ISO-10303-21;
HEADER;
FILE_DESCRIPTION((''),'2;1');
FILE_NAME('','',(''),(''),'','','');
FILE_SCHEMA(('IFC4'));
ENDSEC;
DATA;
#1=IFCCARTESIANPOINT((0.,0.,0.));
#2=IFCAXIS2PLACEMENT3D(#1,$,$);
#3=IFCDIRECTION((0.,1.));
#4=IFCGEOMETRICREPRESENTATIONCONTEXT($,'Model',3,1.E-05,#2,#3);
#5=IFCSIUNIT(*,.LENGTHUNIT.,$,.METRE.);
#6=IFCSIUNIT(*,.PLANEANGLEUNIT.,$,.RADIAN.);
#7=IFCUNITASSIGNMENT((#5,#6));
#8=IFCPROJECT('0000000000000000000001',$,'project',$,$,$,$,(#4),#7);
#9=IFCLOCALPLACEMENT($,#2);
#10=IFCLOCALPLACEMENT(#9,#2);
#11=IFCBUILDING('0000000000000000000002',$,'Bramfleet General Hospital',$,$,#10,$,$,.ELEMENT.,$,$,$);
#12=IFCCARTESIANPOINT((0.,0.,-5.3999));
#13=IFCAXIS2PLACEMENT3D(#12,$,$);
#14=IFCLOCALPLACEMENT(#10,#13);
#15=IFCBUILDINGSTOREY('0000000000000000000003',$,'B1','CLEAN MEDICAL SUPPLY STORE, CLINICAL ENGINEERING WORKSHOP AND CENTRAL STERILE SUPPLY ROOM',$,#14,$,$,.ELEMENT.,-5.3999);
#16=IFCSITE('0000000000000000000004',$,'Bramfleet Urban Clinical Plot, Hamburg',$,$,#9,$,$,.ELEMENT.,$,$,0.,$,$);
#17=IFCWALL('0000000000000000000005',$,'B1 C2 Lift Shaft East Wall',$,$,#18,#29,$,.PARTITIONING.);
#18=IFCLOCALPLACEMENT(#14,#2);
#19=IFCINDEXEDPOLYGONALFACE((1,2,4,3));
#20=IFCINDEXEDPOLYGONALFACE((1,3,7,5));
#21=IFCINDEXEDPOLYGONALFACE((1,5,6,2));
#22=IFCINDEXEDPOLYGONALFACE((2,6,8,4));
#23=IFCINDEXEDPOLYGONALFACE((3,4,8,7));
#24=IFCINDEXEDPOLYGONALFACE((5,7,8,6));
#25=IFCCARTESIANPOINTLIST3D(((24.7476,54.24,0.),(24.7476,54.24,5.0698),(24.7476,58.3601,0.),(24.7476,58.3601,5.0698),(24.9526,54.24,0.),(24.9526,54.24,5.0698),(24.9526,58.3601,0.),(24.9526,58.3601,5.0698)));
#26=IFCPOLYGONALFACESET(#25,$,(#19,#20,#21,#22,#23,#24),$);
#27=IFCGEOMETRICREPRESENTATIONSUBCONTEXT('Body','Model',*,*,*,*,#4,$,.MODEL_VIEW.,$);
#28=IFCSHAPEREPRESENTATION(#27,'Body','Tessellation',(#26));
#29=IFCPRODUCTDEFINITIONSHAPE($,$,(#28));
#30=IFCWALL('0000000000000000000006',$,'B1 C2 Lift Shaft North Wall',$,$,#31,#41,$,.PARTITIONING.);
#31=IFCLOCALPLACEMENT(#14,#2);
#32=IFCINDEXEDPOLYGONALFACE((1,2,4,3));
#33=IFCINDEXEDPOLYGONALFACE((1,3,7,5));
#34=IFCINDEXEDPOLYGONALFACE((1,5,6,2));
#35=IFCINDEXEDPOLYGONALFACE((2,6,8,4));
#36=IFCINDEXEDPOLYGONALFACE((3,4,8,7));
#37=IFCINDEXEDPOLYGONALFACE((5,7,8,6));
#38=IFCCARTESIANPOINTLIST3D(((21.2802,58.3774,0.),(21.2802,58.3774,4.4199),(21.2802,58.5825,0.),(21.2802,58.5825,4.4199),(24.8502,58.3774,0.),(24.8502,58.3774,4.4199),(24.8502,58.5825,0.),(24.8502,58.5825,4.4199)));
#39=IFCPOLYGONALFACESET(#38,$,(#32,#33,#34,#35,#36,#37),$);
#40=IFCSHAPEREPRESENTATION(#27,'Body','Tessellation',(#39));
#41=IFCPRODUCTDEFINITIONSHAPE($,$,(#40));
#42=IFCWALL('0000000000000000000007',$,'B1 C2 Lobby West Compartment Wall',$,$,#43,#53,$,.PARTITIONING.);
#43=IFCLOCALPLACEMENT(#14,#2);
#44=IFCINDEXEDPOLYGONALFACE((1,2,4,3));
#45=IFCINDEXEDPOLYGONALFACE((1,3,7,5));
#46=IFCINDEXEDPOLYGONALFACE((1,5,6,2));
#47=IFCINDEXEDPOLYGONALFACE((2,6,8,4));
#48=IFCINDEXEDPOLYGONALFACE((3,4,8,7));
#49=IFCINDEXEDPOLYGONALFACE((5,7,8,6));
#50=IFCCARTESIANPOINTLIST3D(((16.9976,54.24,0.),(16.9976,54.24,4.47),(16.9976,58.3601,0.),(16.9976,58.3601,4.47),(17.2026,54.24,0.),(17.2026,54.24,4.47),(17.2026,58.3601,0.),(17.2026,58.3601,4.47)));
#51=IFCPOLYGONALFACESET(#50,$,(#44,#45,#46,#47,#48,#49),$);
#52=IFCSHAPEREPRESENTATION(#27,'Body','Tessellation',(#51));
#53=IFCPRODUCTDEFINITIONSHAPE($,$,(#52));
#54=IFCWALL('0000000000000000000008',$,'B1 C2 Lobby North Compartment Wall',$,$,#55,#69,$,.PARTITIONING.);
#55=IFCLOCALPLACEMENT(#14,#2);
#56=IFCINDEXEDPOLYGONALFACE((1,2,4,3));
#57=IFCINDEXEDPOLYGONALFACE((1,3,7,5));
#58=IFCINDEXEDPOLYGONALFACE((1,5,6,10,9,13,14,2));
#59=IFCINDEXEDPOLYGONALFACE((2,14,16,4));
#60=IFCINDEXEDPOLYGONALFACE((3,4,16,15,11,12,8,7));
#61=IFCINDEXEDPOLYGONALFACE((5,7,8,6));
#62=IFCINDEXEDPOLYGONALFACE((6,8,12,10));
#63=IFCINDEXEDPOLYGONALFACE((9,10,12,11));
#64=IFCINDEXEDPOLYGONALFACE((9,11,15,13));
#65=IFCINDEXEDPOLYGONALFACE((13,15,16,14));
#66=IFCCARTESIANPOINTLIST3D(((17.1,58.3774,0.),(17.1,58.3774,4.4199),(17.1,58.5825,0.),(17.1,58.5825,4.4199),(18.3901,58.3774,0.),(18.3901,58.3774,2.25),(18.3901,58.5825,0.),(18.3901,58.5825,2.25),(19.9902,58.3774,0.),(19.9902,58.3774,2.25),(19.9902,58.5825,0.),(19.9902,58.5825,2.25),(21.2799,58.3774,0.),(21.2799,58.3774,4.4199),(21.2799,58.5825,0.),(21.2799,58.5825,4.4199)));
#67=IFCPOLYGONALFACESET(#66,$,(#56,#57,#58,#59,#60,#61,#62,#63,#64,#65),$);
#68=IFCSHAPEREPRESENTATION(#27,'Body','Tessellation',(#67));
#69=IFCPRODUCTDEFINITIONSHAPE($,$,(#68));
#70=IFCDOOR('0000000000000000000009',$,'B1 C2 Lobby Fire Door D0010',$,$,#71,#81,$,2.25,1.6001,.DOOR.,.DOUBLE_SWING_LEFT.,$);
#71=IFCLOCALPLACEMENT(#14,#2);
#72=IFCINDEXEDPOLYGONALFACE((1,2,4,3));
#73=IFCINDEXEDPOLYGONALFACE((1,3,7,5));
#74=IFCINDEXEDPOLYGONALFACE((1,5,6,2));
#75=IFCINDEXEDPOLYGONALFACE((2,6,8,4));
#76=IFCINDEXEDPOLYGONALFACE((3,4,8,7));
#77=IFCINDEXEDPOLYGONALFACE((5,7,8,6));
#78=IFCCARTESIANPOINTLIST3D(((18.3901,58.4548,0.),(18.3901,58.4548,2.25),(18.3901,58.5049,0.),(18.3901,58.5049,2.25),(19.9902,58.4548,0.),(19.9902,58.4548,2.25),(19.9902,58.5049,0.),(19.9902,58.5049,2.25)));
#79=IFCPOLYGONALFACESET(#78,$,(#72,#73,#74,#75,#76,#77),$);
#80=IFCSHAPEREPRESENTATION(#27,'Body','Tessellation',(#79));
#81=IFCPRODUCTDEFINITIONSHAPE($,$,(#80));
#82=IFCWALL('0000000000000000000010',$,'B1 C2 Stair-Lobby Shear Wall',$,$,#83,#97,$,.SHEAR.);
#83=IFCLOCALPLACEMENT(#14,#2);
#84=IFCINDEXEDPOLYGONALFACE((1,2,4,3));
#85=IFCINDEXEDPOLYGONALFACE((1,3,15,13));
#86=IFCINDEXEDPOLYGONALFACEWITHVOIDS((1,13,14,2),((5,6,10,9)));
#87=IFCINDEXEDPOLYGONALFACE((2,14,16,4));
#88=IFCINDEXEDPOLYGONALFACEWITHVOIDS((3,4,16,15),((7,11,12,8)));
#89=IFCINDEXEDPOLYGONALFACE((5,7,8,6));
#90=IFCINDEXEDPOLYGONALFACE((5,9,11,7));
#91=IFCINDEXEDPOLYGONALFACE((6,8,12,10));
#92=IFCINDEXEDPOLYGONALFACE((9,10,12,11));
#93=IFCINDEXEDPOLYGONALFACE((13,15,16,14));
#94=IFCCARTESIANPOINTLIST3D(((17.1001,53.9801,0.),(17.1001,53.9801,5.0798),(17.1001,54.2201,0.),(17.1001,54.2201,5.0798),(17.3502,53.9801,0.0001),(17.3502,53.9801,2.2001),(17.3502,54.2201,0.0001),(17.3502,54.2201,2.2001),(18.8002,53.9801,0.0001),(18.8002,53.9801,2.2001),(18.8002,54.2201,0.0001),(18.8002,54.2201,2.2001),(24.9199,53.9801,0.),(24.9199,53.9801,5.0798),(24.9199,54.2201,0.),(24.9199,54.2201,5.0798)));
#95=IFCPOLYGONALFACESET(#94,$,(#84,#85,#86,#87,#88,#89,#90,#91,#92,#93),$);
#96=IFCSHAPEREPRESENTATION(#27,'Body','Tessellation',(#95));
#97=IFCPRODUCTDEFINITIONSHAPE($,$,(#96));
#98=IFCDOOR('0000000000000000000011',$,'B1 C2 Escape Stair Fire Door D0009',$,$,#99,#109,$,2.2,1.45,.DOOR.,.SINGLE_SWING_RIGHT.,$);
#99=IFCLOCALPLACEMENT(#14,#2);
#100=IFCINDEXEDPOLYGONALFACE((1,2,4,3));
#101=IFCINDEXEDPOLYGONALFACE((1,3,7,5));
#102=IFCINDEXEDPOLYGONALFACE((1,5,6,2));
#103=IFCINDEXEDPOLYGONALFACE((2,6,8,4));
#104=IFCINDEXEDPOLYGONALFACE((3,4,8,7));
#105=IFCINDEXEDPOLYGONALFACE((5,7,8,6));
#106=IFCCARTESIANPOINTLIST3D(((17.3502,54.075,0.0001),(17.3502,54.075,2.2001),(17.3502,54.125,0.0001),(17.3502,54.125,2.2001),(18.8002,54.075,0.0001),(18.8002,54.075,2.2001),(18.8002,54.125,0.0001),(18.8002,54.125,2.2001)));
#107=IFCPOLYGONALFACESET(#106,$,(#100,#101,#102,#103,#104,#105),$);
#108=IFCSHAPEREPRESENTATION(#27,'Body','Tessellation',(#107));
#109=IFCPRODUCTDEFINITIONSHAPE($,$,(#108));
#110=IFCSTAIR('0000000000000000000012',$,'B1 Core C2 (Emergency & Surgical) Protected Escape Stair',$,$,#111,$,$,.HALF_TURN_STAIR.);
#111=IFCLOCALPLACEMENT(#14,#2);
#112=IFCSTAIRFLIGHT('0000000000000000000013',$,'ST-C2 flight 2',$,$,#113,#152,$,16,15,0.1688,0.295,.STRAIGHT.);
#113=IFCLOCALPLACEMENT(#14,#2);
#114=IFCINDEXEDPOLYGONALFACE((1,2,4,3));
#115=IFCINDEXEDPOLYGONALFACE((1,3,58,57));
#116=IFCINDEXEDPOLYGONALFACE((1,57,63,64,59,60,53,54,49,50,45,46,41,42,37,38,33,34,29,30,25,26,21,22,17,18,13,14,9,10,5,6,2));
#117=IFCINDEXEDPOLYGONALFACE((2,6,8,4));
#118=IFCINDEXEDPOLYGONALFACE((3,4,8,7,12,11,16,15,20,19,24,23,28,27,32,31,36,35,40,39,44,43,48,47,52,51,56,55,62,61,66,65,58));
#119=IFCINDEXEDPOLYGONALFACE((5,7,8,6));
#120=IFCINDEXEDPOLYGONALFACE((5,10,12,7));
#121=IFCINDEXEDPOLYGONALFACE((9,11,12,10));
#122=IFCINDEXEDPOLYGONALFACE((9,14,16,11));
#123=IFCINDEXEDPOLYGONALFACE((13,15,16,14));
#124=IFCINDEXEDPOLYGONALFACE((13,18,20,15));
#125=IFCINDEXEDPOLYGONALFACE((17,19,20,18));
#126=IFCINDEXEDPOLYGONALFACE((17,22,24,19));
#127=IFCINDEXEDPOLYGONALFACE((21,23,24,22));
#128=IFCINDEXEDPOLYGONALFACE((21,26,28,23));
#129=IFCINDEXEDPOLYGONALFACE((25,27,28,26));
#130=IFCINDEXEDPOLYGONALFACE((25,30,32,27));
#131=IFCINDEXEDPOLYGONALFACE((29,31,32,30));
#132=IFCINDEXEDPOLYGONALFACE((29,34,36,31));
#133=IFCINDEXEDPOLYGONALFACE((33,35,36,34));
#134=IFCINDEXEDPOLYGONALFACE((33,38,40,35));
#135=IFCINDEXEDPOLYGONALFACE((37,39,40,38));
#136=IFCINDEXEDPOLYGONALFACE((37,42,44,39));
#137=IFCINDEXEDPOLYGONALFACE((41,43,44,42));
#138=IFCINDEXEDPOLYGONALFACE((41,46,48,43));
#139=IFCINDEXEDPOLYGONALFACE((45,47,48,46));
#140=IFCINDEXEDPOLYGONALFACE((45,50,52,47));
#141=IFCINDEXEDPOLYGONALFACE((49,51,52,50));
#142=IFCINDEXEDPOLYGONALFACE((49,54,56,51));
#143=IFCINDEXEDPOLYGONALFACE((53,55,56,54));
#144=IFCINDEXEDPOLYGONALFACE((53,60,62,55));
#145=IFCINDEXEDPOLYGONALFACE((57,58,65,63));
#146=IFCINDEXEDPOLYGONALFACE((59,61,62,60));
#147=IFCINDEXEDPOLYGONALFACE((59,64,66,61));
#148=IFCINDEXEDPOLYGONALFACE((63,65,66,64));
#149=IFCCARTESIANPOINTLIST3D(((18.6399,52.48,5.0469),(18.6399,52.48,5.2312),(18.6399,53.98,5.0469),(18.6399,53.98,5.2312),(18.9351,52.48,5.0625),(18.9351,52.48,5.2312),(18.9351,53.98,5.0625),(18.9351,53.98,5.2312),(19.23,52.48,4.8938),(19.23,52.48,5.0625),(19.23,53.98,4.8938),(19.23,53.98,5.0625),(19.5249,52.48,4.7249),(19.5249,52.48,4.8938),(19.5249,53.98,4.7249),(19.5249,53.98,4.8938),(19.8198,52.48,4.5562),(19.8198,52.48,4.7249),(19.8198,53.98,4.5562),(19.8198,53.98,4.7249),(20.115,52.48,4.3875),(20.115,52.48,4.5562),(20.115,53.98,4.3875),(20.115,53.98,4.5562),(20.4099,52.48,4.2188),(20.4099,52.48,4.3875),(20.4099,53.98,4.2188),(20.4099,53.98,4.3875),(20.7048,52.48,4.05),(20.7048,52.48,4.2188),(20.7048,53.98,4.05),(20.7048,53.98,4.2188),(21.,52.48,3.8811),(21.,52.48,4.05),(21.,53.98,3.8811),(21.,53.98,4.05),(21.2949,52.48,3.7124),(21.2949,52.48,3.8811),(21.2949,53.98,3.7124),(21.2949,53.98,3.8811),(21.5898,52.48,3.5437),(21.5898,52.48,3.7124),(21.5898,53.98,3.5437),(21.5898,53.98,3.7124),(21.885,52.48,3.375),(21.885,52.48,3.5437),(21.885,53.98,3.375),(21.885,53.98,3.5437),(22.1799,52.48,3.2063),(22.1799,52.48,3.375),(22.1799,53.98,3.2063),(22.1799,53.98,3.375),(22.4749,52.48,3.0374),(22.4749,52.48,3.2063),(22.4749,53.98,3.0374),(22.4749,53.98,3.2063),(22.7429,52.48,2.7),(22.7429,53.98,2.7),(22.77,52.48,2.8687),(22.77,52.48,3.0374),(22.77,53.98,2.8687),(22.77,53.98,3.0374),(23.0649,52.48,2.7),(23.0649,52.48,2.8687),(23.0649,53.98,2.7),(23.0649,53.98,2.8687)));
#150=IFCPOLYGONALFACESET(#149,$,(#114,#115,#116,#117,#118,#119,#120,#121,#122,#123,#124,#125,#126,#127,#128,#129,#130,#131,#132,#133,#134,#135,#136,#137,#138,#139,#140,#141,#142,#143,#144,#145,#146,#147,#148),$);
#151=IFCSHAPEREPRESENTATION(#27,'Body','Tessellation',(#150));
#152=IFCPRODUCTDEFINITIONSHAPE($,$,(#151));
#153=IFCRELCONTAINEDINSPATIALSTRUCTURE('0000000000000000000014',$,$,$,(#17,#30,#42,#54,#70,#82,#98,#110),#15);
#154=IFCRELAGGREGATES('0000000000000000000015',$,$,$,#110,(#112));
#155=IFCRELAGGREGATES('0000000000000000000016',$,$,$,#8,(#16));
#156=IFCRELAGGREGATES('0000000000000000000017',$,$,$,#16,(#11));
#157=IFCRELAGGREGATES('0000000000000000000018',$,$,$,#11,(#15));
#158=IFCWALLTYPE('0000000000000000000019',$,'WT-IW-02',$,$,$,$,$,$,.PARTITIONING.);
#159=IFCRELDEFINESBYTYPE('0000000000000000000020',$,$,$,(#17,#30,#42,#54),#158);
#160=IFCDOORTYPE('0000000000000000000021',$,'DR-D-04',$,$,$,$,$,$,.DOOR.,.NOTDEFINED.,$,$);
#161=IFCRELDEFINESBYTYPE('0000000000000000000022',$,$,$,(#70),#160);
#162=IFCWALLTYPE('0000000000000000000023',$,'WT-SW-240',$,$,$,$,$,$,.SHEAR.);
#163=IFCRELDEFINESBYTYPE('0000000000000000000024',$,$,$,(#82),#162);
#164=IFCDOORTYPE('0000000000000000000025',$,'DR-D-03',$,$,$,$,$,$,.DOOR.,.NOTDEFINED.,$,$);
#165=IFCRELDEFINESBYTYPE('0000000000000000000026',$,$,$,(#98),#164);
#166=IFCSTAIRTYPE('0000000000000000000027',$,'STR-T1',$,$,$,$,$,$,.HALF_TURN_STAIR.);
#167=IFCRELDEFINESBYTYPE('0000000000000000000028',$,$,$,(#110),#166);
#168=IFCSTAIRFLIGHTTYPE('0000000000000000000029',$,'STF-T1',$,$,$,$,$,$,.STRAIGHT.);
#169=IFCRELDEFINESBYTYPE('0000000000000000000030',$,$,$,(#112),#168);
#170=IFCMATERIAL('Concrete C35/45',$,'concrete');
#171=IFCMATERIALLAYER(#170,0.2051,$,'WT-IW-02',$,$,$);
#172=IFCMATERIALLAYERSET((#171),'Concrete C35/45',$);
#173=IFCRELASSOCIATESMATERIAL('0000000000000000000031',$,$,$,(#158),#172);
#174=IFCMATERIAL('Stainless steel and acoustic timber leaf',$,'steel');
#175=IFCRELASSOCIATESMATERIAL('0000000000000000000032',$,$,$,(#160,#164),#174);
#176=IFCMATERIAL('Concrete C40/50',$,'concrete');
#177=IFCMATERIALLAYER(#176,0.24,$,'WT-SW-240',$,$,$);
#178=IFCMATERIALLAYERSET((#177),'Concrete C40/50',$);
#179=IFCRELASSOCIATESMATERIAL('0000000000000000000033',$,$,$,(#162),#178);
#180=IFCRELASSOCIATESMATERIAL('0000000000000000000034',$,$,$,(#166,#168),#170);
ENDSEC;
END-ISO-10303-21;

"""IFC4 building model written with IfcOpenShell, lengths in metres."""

from ifc_helpers import new_model, si_unit, direction, frame, frame_2d, origin, place, context, subcontext, project, spatial, polyline, rectangle, outline, extrude, material, layer, layer_set, type_object, element, fill, aggregate, save


model = new_model("IFC4")

# Units and contexts
model_context = context("Model", 3, precision=1e-05, world=origin(), true_north=direction((0.0, 1.0)))
body_context = subcontext(model_context, "Body", "Model", "MODEL_VIEW")
ifc_project = project(units=[si_unit("LENGTHUNIT", "METRE"), si_unit("PLANEANGLEUNIT", "RADIAN")], contexts=[model_context])

# Site, building, storey
site_placement = place(None, origin())
site = spatial("IfcSite", under=ifc_project, at=site_placement, Name="Bramfleet Urban Clinical Plot, Hamburg", CompositionType="ELEMENT", RefElevation=0.0)
building_placement = place(site_placement, origin())
building = spatial("IfcBuilding", under=site, at=building_placement, Name="Bramfleet General Hospital", CompositionType="ELEMENT")
storey_placement = place(building_placement, frame((0.0, 0.0, -5.3999)))
storey = spatial("IfcBuildingStorey", under=building, at=storey_placement, Name="B1", Description="CLEAN MEDICAL SUPPLY STORE, CLINICAL ENGINEERING WORKSHOP AND CENTRAL STERILE SUPPLY ROOM", CompositionType="ELEMENT", Elevation=-5.3999)

# Shared definitions
ifc_material_1 = material(Name="Concrete C35/45", Category="concrete")

# Shared definitions
ifc_material_2 = material(Name="Concrete C40/50", Category="concrete")

# Shared definitions
ifc_layer_1 = layer(ifc_material_1, 0.2051, Name="WT-IW-02")
ifc_layer_set_1 = layer_set([ifc_layer_1], Name="Concrete C35/45")
wall_type_1 = type_object("IfcWallType", Name="WT-IW-02", PredefinedType="PARTITIONING", material=ifc_layer_set_1)

# Walls
wall_1_placement = place(storey_placement, frame((24.8501, 54.24, 0.0), z_axis=(0.0, 0.0, 1.0), x_axis=(0.0, 1.0, 0.0)))
element("IfcWall", 1, at=wall_1_placement, inside=storey, type_object=wall_type_1, Name="B1 C2 Lift Shaft East Wall", PredefinedType="PARTITIONING", context=body_context, shape_type="SweptSolid", body=[
    extrude(rectangle(XDim=4.1201, YDim=0.2051, at=frame_2d((2.0601, 0.0))), origin(), (0.0, 0.0, 1.0), 5.0698),
])
wall_2_placement = place(storey_placement, frame((21.28, 58.48, 0.0), z_axis=(0.0, 0.0, 1.0), x_axis=(1.0, 0.0, 0.0)))
element("IfcWall", 2, at=wall_2_placement, inside=storey, type_object=wall_type_1, Name="B1 C2 Lift Shaft North Wall", PredefinedType="PARTITIONING", context=body_context, shape_type="SweptSolid", body=[
    extrude(rectangle(XDim=3.5701, YDim=0.2051, at=frame_2d((1.7852, 0.0))), origin(), (0.0, 0.0, 1.0), 4.4199),
])
wall_3_placement = place(storey_placement, frame((17.1001, 54.24, 0.0), z_axis=(0.0, 0.0, 1.0), x_axis=(0.0, 1.0, 0.0)))
element("IfcWall", 3, at=wall_3_placement, inside=storey, type_object=wall_type_1, Name="B1 C2 Lobby West Compartment Wall", PredefinedType="PARTITIONING", context=body_context, shape_type="SweptSolid", body=[
    extrude(rectangle(XDim=4.1201, YDim=0.2051, at=frame_2d((2.0601, 0.0))), origin(), (0.0, 0.0, 1.0), 4.47),
])

# Walls, openings, doors
wall_4_placement = place(storey_placement, frame((17.1001, 58.48, 0.0), z_axis=(0.0, 0.0, 1.0), x_axis=(1.0, 0.0, 0.0)))
wall_4 = element("IfcWall", 4, at=wall_4_placement, inside=storey, type_object=wall_type_1, Name="B1 C2 Lobby North Compartment Wall", PredefinedType="PARTITIONING", context=body_context, shape_type="SweptSolid", body=[
    extrude(rectangle(XDim=4.1799, YDim=0.2051, at=frame_2d((2.0898, 0.0))), origin(), (0.0, 0.0, 1.0), 4.4199),
])
opening_1_placement = place(wall_4_placement, frame((1.29, 0.0, 0.0)))
opening_1 = element("IfcOpeningElement", 5, at=opening_1_placement, cuts=wall_4, PredefinedType="OPENING", context=body_context, shape_type="SweptSolid", body=[
    extrude(rectangle(XDim=1.6001, YDim=2.25, at=frame_2d((0.8, 1.125))), frame((0.0, 0.1125, 0.0), z_axis=(0.0, -1.0, 0.0), x_axis=(1.0, 0.0, 0.0)), (0.0, 0.0, 1.0), 0.2251),
])
ifc_material_3 = material(Name="Stainless steel and acoustic timber leaf", Category="steel")
door_type_1 = type_object("IfcDoorType", Name="DR-D-04", OperationType="NOTDEFINED", PredefinedType="DOOR", material=ifc_material_3)
door_1_placement = place(opening_1_placement, origin())
door_1 = element("IfcDoor", 6, at=door_1_placement, inside=storey, type_object=door_type_1, Name="B1 C2 Lobby Fire Door D0010", OperationType="DOUBLE_SWING_LEFT", OverallHeight=2.25, OverallWidth=1.6001, PredefinedType="DOOR", context=body_context, shape_type="SweptSolid", body=[
    extrude(rectangle(XDim=1.6001, YDim=2.25, at=frame_2d((0.8, 1.125))), frame((0.0, 0.0249, 0.0), z_axis=(0.0, -1.0, 0.0), x_axis=(1.0, 0.0, 0.0)), (0.0, 0.0, 1.0), 0.05),
])
fill(opening_1, door_1)
ifc_layer_2 = layer(ifc_material_2, 0.24, Name="WT-SW-240")
ifc_layer_set_2 = layer_set([ifc_layer_2], Name="Concrete C40/50")
wall_type_2 = type_object("IfcWallType", Name="WT-SW-240", PredefinedType="SHEAR", material=ifc_layer_set_2)
wall_5_placement = place(storey_placement, frame((17.1001, 54.1001, 0.0), z_axis=(0.0, 0.0, 1.0), x_axis=(1.0, 0.0, 0.0)))
wall_5 = element("IfcWall", 7, at=wall_5_placement, inside=storey, type_object=wall_type_2, Name="B1 C2 Stair-Lobby Shear Wall", PredefinedType="SHEAR", context=body_context, shape_type="SweptSolid", body=[
    extrude(rectangle(XDim=7.8198, YDim=0.24, at=frame_2d((3.9099, 0.0))), origin(), (0.0, 0.0, 1.0), 5.0798),
])
opening_2_placement = place(wall_5_placement, frame((0.25, 0.0, 0.0)))
opening_2 = element("IfcOpeningElement", 8, at=opening_2_placement, cuts=wall_5, PredefinedType="OPENING", context=body_context, shape_type="SweptSolid", body=[
    extrude(rectangle(XDim=1.45, YDim=2.2, at=frame_2d((0.7251, 1.1001))), frame((0.0, 0.1299, 0.0), z_axis=(0.0, -1.0, 0.0), x_axis=(1.0, 0.0, 0.0)), (0.0, 0.0, 1.0), 0.26),
])
door_type_2 = type_object("IfcDoorType", Name="DR-D-03", OperationType="NOTDEFINED", PredefinedType="DOOR", material=ifc_material_3)
door_2_placement = place(opening_2_placement, origin())
door_2 = element("IfcDoor", 9, at=door_2_placement, inside=storey, type_object=door_type_2, Name="B1 C2 Escape Stair Fire Door D0009", OperationType="SINGLE_SWING_RIGHT", OverallHeight=2.2, OverallWidth=1.45, PredefinedType="DOOR", context=body_context, shape_type="SweptSolid", body=[
    extrude(rectangle(XDim=1.45, YDim=2.2, at=frame_2d((0.7251, 1.1001))), frame((0.0, 0.0249, 0.0), z_axis=(0.0, -1.0, 0.0), x_axis=(1.0, 0.0, 0.0)), (0.0, 0.0, 1.0), 0.05),
])
fill(opening_2, door_2)

# Stair, stair flight
stair_type = type_object("IfcStairType", Name="STR-T1", PredefinedType="HALF_TURN_STAIR", material=ifc_material_1)
stair_placement = place(storey_placement, origin())
stair = element("IfcStair", 10, at=stair_placement, inside=storey, type_object=stair_type, Name="B1 Core C2 (Emergency & Surgical) Protected Escape Stair", PredefinedType="HALF_TURN_STAIR")
stair_flight_type = type_object("IfcStairFlightType", Name="STF-T1", PredefinedType="STRAIGHT", material=ifc_material_1)
stair_flight_placement = place(storey_placement, frame((23.0649, 53.23, 2.7), z_axis=(0.0, 0.0, 1.0), x_axis=(-1.0, 0.0, 0.0)))
stair_flight = element("IfcStairFlight", 11, at=stair_flight_placement, type_object=stair_flight_type, Name="ST-C2 flight 2", NumberOfRisers=16, NumberOfTreads=15, PredefinedType="STRAIGHT", RiserHeight=0.1688, TreadLength=0.295, context=body_context, shape_type="SweptSolid", body=[
    extrude(outline(polyline([(0.0, 0.0), (0.0, 0.1687), (0.2949, 0.1687), (0.2949, 0.3374), (0.5901, 0.3374), (0.5901, 0.5063), (0.885, 0.5063), (0.885, 0.675), (1.1799, 0.675), (1.1799, 0.8438), (1.4751, 0.8438), (1.4751, 1.0125), (1.77, 1.0125), (1.77, 1.1812), (2.0649, 1.1812), (2.0649, 1.3501), (2.3601, 1.3501), (2.3601, 1.5188), (2.655, 1.5188), (2.655, 1.6875), (2.95, 1.6875), (2.95, 1.8562), (3.2451, 1.8562), (3.2451, 2.0249), (3.54, 2.0249), (3.54, 2.1938), (3.835, 2.1938), (3.835, 2.3625), (4.1299, 2.3625), (4.1299, 2.5312), (4.425, 2.5312), (4.425, 2.7), (4.425, 2.3469), (0.322, 0.0), (0.0, 0.0)])), frame((0.0, 0.75, 0.0), z_axis=(0.0, -1.0, 0.0), x_axis=(1.0, 0.0, 0.0)), (0.0, 0.0, 1.0), 1.5),
])
aggregate(stair, [stair_flight])

save(model, "model.ifc")
